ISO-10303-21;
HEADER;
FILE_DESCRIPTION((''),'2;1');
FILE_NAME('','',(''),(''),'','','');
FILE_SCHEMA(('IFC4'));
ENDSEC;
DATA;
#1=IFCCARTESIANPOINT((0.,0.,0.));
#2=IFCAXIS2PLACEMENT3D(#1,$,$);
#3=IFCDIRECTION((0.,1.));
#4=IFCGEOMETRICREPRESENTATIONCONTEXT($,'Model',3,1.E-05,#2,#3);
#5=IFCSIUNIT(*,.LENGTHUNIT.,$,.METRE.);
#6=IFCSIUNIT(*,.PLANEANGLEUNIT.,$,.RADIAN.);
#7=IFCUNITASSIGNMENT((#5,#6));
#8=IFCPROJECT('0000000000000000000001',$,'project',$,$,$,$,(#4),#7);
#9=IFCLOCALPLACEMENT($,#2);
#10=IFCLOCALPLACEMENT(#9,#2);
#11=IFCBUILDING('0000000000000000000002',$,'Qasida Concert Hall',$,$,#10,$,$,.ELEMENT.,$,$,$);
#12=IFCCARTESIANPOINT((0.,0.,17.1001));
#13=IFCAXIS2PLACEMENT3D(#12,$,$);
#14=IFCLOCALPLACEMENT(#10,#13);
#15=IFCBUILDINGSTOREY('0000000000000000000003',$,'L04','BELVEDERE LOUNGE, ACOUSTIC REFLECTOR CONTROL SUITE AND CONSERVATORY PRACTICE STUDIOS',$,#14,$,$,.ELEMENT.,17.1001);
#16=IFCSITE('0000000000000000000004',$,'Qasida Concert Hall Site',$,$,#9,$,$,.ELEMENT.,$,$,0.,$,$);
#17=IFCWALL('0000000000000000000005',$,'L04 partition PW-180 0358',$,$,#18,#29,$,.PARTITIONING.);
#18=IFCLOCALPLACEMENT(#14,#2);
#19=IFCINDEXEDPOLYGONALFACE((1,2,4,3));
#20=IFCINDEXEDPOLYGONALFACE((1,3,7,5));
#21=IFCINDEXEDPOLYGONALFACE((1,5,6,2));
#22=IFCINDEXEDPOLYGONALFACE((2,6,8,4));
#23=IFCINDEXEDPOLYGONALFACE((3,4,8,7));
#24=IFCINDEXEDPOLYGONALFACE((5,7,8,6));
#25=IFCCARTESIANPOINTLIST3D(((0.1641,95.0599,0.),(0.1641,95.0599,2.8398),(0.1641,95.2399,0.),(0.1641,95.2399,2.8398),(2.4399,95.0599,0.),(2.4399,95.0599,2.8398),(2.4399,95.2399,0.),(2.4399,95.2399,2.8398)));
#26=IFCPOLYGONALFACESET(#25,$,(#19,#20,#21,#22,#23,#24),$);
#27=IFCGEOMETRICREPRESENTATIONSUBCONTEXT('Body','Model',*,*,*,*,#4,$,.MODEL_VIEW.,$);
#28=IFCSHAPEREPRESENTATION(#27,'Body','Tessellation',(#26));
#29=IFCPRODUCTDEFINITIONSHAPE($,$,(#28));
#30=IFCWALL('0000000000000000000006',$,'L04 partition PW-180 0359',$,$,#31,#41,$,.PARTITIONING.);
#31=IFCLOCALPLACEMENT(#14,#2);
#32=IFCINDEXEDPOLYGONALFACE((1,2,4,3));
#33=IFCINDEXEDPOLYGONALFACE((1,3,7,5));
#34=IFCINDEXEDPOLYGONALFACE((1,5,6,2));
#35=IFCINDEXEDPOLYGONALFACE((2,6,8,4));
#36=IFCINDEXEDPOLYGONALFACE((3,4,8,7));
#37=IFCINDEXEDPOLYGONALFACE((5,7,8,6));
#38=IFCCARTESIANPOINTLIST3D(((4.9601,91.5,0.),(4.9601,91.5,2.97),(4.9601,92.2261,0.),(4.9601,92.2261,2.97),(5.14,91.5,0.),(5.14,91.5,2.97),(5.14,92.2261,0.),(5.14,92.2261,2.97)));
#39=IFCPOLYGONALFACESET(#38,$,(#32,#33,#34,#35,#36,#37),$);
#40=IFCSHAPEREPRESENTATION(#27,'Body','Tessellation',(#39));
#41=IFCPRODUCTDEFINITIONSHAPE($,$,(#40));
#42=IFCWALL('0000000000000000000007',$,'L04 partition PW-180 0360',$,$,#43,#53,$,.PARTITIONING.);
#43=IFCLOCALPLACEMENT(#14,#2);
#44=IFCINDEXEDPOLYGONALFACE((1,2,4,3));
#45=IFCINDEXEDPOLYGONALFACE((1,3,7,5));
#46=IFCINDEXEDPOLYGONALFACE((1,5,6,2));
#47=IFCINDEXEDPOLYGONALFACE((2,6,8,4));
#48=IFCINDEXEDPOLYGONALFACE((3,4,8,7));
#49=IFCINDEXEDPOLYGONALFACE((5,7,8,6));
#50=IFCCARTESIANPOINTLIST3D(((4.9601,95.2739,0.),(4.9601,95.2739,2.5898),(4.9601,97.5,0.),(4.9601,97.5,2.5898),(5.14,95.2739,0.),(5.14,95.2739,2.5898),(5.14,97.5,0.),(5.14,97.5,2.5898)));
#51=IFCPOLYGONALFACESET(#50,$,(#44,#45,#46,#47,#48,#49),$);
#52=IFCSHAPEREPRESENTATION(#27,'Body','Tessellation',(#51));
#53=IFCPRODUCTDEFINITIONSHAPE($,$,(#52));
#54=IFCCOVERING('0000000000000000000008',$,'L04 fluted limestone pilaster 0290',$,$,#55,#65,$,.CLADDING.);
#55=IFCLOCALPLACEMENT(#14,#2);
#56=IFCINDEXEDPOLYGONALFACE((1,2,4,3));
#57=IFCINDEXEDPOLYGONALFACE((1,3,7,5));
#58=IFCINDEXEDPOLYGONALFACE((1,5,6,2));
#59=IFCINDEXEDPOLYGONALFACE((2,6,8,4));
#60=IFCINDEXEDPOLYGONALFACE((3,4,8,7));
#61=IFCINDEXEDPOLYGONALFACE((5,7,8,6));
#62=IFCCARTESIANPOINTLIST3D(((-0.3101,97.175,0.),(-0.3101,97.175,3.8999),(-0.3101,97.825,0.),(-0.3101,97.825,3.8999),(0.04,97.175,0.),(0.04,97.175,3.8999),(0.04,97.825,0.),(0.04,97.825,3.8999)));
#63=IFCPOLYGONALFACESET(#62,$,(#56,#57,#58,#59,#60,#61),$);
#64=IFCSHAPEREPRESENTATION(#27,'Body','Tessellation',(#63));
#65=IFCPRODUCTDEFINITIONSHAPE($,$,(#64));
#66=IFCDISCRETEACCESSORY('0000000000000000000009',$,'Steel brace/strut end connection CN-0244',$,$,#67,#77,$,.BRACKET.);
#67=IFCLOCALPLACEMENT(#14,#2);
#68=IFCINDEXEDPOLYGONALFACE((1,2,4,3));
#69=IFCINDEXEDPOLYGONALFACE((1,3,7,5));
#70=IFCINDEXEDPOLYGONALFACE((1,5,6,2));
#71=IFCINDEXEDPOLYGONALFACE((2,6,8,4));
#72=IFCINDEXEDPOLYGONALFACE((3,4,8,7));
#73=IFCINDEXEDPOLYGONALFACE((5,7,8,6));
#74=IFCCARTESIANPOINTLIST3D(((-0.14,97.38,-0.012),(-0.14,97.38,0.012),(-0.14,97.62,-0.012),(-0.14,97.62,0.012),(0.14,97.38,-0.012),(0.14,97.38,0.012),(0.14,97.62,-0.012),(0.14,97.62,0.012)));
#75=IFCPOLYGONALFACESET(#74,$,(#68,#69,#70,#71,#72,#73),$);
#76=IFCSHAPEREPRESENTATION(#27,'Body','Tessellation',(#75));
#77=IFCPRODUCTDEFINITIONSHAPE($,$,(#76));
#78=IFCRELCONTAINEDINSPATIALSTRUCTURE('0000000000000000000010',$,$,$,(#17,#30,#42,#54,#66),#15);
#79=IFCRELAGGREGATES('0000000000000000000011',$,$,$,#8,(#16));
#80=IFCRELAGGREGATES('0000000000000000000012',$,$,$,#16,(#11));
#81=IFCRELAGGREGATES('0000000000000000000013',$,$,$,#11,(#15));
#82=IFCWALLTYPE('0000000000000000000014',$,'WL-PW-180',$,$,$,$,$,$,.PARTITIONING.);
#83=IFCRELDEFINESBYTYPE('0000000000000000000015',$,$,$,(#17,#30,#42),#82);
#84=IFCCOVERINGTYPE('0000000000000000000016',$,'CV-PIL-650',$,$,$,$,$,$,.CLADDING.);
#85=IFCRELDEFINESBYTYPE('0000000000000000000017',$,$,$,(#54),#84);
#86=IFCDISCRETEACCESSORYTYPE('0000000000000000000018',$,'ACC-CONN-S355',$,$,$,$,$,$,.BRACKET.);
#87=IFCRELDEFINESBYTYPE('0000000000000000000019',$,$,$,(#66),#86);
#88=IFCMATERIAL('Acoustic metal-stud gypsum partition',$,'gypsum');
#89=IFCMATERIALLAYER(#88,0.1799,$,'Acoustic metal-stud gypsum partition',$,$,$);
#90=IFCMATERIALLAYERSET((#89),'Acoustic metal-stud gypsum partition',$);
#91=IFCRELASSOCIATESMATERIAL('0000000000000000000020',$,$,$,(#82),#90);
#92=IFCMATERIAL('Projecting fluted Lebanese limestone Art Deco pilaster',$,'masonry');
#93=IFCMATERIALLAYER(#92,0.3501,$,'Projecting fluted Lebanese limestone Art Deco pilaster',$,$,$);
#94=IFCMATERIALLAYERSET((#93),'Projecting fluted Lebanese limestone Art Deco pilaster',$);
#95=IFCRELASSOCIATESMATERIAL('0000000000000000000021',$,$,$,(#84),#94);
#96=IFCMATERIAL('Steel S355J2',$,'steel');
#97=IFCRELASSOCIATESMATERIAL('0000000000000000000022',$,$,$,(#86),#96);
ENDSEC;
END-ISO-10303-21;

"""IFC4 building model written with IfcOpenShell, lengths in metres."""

from ifc_helpers import new_model, si_unit, direction, frame, frame_2d, origin, origin_2d, place, context, subcontext, project, spatial, rectangle, extrude, material, layer, layer_set, type_object, element, save


model = new_model("IFC4")

# Units and contexts
model_context = context("Model", 3, precision=1e-05, world=origin(), true_north=direction((0.0, 1.0)))
body_context = subcontext(model_context, "Body", "Model", "MODEL_VIEW")
ifc_project = project(units=[si_unit("LENGTHUNIT", "METRE"), si_unit("PLANEANGLEUNIT", "RADIAN")], contexts=[model_context])

# Site, building, storey
site_placement = place(None, origin())
site = spatial("IfcSite", under=ifc_project, at=site_placement, Name="Qasida Concert Hall Site", CompositionType="ELEMENT", RefElevation=0.0)
building_placement = place(site_placement, origin())
building = spatial("IfcBuilding", under=site, at=building_placement, Name="Qasida Concert Hall", CompositionType="ELEMENT")
storey_placement = place(building_placement, frame((0.0, 0.0, 17.1001)))
storey = spatial("IfcBuildingStorey", under=building, at=storey_placement, Name="L04", Description="BELVEDERE LOUNGE, ACOUSTIC REFLECTOR CONTROL SUITE AND CONSERVATORY PRACTICE STUDIOS", CompositionType="ELEMENT", Elevation=17.1001)

# Shared definitions
ifc_material_1 = material(Name="Steel S355J2", Category="steel")

# Walls
ifc_material_2 = material(Name="Acoustic metal-stud gypsum partition", Category="gypsum")
ifc_layer_1 = layer(ifc_material_2, 0.1799, Name="Acoustic metal-stud gypsum partition")
ifc_layer_set_1 = layer_set([ifc_layer_1], Name="Acoustic metal-stud gypsum partition")
wall_type_1 = type_object("IfcWallType", Name="WL-PW-180", PredefinedType="PARTITIONING", material=ifc_layer_set_1)
for number, where, z_axis, x_axis, name in (
    (1, (0.1641, 95.1499, 0.0), (0.0, 0.0, 1.0), (1.0, 0.0, 0.0), "L04 partition PW-180 0358"),
):
    element("IfcWall", number, at=place(storey_placement, frame(where, z_axis=z_axis, x_axis=x_axis)), inside=storey, type_object=wall_type_1, Name=name, PredefinedType="PARTITIONING", context=body_context, shape_type="SweptSolid", body=[
        extrude(rectangle(XDim=2.2759, YDim=0.1799, at=frame_2d((1.1379, 0.0))), origin(), (0.0, 0.0, 1.0), 2.8398),
    ])
wall_1_placement = place(storey_placement, frame((5.05, 91.5, 0.0), z_axis=(0.0, 0.0, 1.0), x_axis=(0.0, 1.0, 0.0)))
element("IfcWall", 2, at=wall_1_placement, inside=storey, type_object=wall_type_1, Name="L04 partition PW-180 0359", PredefinedType="PARTITIONING", context=body_context, shape_type="SweptSolid", body=[
    extrude(rectangle(XDim=0.7261, YDim=0.1799, at=frame_2d((0.363, 0.0))), origin(), (0.0, 0.0, 1.0), 2.97),
])
wall_2_placement = place(storey_placement, frame((5.05, 95.2739, 0.0), z_axis=(0.0, 0.0, 1.0), x_axis=(0.0, 1.0, 0.0)))
element("IfcWall", 3, at=wall_2_placement, inside=storey, type_object=wall_type_1, Name="L04 partition PW-180 0360", PredefinedType="PARTITIONING", context=body_context, shape_type="SweptSolid", body=[
    extrude(rectangle(XDim=2.2261, YDim=0.1799, at=frame_2d((1.113, 0.0))), origin(), (0.0, 0.0, 1.0), 2.5898),
])

# Covering
ifc_material_3 = material(Name="Projecting fluted Lebanese limestone Art Deco pilaster", Category="masonry")
ifc_layer_2 = layer(ifc_material_3, 0.3501, Name="Projecting fluted Lebanese limestone Art Deco pilaster")
ifc_layer_set_2 = layer_set([ifc_layer_2], Name="Projecting fluted Lebanese limestone Art Deco pilaster")
covering_type = type_object("IfcCoveringType", Name="CV-PIL-650", PredefinedType="CLADDING", material=ifc_layer_set_2)
covering_placement = place(storey_placement, frame((-0.135, 97.5, 0.0), z_axis=(0.0, 0.0, 1.0), x_axis=(1.0, 0.0, 0.0)))
element("IfcCovering", 4, at=covering_placement, inside=storey, type_object=covering_type, Name="L04 fluted limestone pilaster 0290", PredefinedType="CLADDING", context=body_context, shape_type="SweptSolid", body=[
    extrude(rectangle(XDim=0.3501, YDim=0.6499, at=origin_2d()), origin(), (0.0, 0.0, 1.0), 3.8999),
])

# Discrete accessory
discrete_accessory_type = type_object("IfcDiscreteAccessoryType", Name="ACC-CONN-S355", PredefinedType="BRACKET", material=ifc_material_1)
discrete_accessory_placement = place(storey_placement, frame((0.0, 97.5, -0.012), z_axis=(0.0, 0.0, 1.0), x_axis=(1.0, 0.0, 0.0)))
element("IfcDiscreteAccessory", 5, at=discrete_accessory_placement, inside=storey, type_object=discrete_accessory_type, Name="Steel brace/strut end connection CN-0244", PredefinedType="BRACKET", context=body_context, shape_type="SweptSolid", body=[
    extrude(rectangle(XDim=0.28, YDim=0.24, at=origin_2d()), origin(), (0.0, 0.0, 1.0), 0.0239),
])

save(model, "model.ifc")
